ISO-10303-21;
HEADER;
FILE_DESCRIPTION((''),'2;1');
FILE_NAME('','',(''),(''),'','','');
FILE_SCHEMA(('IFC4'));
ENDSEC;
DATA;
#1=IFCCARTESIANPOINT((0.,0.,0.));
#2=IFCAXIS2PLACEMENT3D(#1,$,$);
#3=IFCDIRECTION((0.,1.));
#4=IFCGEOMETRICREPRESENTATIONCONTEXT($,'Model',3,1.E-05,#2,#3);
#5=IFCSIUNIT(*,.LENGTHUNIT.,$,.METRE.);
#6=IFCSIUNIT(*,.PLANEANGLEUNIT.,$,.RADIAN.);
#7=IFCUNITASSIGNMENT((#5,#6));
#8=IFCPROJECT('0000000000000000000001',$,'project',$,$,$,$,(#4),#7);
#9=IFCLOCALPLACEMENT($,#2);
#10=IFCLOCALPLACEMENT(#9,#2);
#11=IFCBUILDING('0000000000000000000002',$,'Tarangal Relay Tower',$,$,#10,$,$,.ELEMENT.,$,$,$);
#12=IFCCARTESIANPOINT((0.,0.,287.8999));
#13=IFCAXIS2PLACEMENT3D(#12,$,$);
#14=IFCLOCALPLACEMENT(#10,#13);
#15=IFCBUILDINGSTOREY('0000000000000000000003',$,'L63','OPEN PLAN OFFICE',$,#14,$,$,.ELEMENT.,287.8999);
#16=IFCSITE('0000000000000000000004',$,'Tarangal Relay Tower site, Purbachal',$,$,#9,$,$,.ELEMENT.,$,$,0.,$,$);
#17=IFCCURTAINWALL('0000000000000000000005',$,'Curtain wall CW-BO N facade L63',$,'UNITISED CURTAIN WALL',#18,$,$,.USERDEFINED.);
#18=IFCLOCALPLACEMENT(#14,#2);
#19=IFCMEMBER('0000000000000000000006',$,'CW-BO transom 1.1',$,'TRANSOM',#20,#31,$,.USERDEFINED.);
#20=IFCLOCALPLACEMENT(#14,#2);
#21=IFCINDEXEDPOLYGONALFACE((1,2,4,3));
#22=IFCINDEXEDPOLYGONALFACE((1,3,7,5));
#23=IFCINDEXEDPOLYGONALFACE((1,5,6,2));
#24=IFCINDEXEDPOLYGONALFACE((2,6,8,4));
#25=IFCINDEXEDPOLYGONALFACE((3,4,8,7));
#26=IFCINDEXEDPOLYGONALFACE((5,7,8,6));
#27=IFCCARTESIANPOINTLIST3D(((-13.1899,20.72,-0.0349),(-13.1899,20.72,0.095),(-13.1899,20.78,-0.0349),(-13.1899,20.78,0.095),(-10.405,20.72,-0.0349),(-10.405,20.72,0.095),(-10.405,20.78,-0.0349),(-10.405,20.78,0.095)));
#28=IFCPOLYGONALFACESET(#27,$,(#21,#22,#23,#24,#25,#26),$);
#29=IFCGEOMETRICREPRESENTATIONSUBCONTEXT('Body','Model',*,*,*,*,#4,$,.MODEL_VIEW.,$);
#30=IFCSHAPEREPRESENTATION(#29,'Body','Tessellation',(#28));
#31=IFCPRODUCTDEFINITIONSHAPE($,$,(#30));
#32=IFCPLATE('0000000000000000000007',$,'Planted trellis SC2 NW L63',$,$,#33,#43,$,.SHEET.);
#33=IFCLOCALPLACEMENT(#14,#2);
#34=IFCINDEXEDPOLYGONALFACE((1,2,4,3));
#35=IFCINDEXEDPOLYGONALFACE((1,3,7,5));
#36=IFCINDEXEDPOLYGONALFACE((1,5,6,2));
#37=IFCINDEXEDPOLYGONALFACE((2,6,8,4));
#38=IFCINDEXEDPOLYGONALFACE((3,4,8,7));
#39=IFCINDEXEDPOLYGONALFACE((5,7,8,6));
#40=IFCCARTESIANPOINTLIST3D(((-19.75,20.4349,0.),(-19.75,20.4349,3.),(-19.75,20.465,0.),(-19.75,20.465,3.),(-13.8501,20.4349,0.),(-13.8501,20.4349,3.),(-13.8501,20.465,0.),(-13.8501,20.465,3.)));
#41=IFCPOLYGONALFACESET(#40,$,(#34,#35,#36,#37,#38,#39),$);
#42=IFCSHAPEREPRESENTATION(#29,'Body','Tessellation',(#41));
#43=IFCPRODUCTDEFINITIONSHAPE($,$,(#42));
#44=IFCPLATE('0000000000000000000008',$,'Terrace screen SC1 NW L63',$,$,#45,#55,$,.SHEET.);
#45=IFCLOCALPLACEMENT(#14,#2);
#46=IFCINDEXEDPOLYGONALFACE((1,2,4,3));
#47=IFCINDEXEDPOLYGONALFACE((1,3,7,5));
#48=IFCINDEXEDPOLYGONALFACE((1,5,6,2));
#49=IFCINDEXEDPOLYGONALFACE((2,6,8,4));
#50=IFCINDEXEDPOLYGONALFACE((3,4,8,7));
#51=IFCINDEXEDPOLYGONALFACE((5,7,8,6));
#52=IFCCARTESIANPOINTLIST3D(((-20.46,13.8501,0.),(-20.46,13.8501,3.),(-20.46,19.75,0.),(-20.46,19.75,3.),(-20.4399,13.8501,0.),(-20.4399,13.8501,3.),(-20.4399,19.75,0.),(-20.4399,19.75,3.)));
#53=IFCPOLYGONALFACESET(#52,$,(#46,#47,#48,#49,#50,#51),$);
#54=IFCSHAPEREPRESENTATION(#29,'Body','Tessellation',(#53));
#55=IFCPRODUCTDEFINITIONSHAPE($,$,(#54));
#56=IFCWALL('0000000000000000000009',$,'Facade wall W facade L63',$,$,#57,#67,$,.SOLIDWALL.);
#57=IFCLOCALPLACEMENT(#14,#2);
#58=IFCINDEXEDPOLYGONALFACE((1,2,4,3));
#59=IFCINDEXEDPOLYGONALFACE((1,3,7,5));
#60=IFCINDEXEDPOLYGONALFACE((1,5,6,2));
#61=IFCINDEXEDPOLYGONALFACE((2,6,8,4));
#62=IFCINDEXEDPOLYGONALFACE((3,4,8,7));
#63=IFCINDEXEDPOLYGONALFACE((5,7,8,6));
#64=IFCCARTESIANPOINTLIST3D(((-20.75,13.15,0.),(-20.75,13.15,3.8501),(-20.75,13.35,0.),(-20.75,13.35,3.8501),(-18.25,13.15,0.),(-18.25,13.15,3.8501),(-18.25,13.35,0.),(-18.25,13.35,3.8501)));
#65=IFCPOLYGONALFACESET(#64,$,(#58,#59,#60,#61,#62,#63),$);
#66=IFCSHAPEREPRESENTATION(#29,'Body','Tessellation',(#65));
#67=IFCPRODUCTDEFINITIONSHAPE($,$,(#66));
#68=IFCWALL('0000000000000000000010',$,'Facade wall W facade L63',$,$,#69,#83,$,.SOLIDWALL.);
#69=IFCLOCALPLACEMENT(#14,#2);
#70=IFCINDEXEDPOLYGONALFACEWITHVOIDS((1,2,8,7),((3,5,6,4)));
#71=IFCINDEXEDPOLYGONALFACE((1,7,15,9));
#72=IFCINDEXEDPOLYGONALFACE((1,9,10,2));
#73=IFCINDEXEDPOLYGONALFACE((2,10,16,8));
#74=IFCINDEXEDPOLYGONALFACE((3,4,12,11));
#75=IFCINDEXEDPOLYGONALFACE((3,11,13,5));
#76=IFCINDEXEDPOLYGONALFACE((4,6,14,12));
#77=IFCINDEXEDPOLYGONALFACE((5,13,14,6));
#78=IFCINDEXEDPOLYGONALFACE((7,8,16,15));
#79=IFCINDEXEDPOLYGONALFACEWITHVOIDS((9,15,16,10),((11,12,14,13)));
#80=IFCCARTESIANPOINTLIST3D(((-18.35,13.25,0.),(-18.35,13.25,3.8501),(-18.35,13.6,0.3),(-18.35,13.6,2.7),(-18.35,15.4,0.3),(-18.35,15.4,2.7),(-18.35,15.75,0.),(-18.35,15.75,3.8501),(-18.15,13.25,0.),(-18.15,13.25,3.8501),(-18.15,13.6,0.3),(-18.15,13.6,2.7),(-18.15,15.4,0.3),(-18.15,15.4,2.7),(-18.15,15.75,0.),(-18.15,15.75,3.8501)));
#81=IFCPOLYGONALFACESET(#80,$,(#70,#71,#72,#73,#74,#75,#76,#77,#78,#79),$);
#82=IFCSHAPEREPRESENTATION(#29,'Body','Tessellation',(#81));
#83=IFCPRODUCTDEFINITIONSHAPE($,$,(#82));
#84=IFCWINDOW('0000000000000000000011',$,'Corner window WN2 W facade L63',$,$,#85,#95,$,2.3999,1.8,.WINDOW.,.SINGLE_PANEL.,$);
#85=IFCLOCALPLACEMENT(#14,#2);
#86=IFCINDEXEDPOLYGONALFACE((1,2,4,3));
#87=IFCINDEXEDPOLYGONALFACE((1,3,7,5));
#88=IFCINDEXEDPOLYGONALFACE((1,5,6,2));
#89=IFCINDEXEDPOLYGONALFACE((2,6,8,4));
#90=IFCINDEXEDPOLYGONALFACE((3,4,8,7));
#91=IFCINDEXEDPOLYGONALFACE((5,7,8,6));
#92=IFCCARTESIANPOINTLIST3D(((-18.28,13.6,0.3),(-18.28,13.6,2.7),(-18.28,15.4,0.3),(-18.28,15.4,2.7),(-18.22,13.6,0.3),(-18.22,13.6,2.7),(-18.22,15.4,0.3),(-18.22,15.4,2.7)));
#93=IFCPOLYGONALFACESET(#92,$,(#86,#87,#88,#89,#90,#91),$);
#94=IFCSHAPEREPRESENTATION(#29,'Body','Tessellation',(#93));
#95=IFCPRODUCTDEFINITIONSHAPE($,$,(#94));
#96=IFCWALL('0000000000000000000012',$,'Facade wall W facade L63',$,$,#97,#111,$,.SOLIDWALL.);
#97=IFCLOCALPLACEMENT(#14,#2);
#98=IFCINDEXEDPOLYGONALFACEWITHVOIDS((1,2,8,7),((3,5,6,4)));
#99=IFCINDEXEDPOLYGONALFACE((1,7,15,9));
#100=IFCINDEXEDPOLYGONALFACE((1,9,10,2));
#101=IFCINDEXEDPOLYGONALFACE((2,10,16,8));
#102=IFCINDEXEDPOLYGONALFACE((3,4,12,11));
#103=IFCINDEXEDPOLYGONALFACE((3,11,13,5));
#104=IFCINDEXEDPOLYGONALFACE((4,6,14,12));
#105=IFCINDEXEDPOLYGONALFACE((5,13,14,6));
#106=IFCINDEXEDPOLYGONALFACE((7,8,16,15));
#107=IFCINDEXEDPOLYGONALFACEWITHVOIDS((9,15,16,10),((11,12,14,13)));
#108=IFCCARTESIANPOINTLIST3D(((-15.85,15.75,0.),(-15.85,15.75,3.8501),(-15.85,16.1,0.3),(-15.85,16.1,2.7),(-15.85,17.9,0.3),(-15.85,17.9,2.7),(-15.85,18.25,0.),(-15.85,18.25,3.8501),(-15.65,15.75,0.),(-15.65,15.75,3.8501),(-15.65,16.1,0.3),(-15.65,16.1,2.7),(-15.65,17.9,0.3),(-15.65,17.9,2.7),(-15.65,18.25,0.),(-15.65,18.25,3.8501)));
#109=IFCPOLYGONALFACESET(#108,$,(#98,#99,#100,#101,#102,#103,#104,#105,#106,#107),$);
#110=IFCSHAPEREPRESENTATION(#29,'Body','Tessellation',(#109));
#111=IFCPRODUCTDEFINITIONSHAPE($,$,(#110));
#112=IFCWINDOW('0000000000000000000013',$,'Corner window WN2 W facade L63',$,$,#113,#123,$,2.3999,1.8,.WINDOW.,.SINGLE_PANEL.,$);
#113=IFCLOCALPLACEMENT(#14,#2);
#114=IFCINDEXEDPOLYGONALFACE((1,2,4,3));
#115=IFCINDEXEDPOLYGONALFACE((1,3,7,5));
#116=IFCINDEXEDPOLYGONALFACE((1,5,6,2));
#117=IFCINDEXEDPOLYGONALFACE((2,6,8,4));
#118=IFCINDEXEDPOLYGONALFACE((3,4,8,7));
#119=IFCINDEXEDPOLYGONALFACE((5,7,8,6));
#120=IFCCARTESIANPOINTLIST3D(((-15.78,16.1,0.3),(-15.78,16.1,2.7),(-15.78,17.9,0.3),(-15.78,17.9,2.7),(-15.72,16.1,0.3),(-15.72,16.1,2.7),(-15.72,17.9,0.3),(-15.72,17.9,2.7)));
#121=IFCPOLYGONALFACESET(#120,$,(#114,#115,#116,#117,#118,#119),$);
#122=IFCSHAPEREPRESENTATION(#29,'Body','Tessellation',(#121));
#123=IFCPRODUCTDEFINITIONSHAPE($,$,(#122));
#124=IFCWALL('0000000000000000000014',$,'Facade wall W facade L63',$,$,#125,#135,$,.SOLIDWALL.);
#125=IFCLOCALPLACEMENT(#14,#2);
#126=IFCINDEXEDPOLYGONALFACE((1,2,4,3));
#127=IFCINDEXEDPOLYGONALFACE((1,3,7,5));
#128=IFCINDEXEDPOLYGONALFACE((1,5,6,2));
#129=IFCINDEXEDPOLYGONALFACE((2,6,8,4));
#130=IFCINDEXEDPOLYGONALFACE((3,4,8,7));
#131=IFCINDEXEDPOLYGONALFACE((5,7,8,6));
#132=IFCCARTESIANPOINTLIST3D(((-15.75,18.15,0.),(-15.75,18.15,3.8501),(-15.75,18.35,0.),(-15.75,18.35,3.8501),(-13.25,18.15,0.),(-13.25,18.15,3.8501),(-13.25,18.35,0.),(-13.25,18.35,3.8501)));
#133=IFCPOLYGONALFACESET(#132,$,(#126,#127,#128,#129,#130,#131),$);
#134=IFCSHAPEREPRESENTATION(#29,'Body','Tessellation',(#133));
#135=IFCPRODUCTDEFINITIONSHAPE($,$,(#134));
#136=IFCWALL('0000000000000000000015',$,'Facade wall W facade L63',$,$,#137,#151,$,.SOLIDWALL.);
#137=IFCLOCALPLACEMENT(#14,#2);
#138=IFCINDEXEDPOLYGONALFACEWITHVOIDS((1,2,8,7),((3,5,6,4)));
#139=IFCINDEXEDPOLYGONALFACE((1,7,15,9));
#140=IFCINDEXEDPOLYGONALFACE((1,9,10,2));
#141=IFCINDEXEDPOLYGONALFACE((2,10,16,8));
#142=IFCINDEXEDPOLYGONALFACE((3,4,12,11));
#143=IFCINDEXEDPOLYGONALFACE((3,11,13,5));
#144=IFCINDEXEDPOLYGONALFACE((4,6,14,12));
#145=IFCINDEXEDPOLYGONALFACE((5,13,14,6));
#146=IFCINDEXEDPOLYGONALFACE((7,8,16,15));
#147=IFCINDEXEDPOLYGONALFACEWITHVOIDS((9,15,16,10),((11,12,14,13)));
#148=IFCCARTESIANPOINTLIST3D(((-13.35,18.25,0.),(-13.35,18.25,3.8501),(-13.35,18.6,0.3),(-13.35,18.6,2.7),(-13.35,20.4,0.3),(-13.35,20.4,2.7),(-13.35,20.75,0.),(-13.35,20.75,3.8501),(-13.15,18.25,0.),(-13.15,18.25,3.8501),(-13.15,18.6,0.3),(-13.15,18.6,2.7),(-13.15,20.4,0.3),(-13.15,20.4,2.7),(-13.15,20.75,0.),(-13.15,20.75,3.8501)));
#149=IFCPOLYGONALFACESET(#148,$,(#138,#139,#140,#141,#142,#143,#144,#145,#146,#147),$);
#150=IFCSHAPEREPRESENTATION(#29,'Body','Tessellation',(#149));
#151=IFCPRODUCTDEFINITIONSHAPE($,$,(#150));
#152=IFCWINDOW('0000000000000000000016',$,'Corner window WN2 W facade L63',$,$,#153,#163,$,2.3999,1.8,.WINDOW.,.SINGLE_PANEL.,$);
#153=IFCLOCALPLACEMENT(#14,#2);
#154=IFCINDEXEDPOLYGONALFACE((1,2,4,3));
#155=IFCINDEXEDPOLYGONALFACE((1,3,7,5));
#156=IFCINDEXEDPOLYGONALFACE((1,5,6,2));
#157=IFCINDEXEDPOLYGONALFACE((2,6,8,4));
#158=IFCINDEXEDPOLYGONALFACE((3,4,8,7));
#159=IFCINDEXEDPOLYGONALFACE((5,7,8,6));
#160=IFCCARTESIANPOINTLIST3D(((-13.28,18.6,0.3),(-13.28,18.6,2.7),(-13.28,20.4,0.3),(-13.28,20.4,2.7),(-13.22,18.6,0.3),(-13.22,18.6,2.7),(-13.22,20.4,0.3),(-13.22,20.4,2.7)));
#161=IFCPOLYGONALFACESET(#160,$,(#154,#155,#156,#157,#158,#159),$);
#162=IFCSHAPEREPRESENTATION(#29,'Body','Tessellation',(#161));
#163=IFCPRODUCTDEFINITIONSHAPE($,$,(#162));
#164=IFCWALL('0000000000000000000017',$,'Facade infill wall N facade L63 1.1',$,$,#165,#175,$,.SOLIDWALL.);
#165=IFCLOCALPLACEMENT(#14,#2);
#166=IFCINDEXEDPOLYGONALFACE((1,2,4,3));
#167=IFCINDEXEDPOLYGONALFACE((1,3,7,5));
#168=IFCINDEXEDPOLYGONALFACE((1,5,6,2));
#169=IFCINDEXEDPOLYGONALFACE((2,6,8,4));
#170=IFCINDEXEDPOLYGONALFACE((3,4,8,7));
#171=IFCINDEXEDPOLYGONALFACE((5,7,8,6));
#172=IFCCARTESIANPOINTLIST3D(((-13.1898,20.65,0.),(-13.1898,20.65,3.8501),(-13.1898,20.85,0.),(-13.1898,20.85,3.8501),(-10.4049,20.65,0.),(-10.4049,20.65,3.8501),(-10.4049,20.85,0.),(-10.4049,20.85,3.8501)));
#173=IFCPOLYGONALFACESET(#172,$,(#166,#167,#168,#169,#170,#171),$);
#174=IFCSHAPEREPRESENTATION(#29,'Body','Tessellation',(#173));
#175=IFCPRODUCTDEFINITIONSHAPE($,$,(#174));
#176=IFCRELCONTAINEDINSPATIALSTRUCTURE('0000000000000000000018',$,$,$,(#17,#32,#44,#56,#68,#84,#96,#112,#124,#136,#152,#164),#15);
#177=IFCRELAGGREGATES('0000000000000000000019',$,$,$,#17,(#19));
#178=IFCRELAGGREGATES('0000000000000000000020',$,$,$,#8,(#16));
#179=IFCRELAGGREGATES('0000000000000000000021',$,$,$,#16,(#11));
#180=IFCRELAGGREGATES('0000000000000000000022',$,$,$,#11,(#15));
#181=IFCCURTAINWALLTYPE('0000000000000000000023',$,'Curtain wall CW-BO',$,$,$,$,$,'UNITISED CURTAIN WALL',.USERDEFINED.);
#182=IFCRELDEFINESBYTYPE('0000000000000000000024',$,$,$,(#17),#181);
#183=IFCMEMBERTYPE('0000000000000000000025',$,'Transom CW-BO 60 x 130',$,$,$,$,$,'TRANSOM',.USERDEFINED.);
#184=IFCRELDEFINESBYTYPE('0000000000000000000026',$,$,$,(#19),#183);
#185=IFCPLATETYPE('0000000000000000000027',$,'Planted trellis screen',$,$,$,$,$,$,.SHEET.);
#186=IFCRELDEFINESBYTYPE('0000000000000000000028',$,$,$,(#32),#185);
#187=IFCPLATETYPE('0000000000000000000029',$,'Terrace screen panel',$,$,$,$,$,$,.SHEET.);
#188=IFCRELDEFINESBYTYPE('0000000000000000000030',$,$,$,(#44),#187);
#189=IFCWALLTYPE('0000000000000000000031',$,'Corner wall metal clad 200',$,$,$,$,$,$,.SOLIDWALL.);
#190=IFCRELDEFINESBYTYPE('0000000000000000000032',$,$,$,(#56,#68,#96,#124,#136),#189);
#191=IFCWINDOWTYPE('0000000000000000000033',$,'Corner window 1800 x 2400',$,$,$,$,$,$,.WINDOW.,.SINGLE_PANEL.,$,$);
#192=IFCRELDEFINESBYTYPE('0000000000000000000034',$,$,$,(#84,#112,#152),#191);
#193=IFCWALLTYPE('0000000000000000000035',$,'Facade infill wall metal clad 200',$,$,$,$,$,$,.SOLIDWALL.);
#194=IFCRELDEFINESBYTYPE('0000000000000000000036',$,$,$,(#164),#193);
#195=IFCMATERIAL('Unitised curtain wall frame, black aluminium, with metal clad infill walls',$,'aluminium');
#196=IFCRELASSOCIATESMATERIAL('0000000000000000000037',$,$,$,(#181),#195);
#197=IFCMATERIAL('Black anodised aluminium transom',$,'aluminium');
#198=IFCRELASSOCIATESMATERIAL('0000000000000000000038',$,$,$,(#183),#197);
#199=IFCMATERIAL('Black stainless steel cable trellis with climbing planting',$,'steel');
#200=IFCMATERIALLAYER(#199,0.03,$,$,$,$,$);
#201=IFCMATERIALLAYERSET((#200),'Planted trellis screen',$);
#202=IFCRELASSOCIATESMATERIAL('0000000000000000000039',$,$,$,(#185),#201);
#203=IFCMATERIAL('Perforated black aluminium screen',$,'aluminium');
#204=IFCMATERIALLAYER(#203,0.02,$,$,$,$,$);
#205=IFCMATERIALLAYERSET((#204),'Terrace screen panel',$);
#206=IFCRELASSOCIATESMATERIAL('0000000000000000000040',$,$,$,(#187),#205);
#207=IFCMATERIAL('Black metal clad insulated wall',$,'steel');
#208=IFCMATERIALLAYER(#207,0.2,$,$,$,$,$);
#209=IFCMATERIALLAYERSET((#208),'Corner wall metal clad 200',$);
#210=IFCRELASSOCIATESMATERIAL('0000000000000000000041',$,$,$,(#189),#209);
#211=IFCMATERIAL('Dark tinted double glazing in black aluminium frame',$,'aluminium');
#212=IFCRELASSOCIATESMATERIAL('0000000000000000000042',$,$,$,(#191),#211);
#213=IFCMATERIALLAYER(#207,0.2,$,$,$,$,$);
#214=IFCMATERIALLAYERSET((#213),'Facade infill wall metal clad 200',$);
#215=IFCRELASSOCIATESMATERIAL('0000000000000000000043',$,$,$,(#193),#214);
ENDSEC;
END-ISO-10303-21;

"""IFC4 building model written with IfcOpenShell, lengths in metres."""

from ifc_helpers import new_model, si_unit, direction, frame, frame_2d, origin, origin_2d, place, context, subcontext, project, spatial, rectangle, extrude, material, layer, layer_set, material_profile, profile_set, type_object, element, fill, aggregate, save


model = new_model("IFC4")

# Units and contexts
model_context = context("Model", 3, precision=1e-05, world=origin(), true_north=direction((0.0, 1.0)))
body_context = subcontext(model_context, "Body", "Model", "MODEL_VIEW")
ifc_project = project(units=[si_unit("LENGTHUNIT", "METRE"), si_unit("PLANEANGLEUNIT", "RADIAN")], contexts=[model_context])

# Site, building, storey
site_placement = place(None, origin())
site = spatial("IfcSite", under=ifc_project, at=site_placement, Name="Tarangal Relay Tower site, Purbachal", CompositionType="ELEMENT", RefElevation=0.0)
building_placement = place(site_placement, origin())
building = spatial("IfcBuilding", under=site, at=building_placement, Name="Tarangal Relay Tower", CompositionType="ELEMENT")
storey_placement = place(building_placement, frame((0.0, 0.0, 287.8999)))
storey = spatial("IfcBuildingStorey", under=building, at=storey_placement, Name="L63", Description="OPEN PLAN OFFICE", CompositionType="ELEMENT", Elevation=287.8999)

# Curtain wall
ifc_material_1 = material(Name="Unitised curtain wall frame, black aluminium, with metal clad infill walls", Category="aluminium")
curtain_wall_type = type_object("IfcCurtainWallType", Name="Curtain wall CW-BO", ElementType="UNITISED CURTAIN WALL", PredefinedType="USERDEFINED", material=ifc_material_1)
curtain_wall_1_placement = place(storey_placement, origin())
curtain_wall_1 = element("IfcCurtainWall", 1, at=curtain_wall_1_placement, inside=storey, type_object=curtain_wall_type, Name="Curtain wall CW-BO N facade L63", ObjectType="UNITISED CURTAIN WALL", PredefinedType="USERDEFINED")

# Member
ifc_material_2 = material(Name="Black anodised aluminium transom", Category="aluminium")
ifc_material_profile_1 = material_profile(ifc_material_2, rectangle(XDim=0.0601, YDim=0.1299, at=origin_2d()), Name="CW-BOT 60X130")
ifc_profile_set_1 = profile_set([ifc_material_profile_1], Name="Black anodised aluminium transom")
member_type_1 = type_object("IfcMemberType", Name="Transom CW-BO 60 x 130", ElementType="TRANSOM", PredefinedType="USERDEFINED", material=ifc_profile_set_1)
member_1_placement = place(storey_placement, frame((-13.1899, 20.75, 0.03), z_axis=(1.0, 0.0, 0.0), x_axis=(0.0, 1.0, 0.0)))
member_1 = element("IfcMember", 2, at=member_1_placement, type_object=member_type_1, Name="CW-BO transom 1.1", ObjectType="TRANSOM", PredefinedType="USERDEFINED", context=body_context, shape_type="SweptSolid", body=[
    extrude(rectangle(XDim=0.0601, YDim=0.1299, at=origin_2d()), origin(), (0.0, 0.0, 1.0), 2.7849),
])
aggregate(curtain_wall_1, [member_1])

# Plates
ifc_material_3 = material(Name="Black stainless steel cable trellis with climbing planting", Category="steel")
ifc_layer_1 = layer(ifc_material_3, 0.03)
ifc_layer_set_1 = layer_set([ifc_layer_1], Name="Planted trellis screen")
plate_type_1 = type_object("IfcPlateType", Name="Planted trellis screen", PredefinedType="SHEET", material=ifc_layer_set_1)
plate_1_placement = place(storey_placement, frame((-16.8, 20.45, 0.0), z_axis=(0.0, 0.0, 1.0), x_axis=(1.0, 0.0, 0.0)))
element("IfcPlate", 3, at=plate_1_placement, inside=storey, type_object=plate_type_1, Name="Planted trellis SC2 NW L63", PredefinedType="SHEET", context=body_context, shape_type="SweptSolid", body=[
    extrude(rectangle(XDim=5.8999, YDim=0.03, at=origin_2d()), origin(), (0.0, 0.0, 1.0), 3.0),
])
ifc_material_4 = material(Name="Perforated black aluminium screen", Category="aluminium")
ifc_layer_2 = layer(ifc_material_4, 0.02)
ifc_layer_set_2 = layer_set([ifc_layer_2], Name="Terrace screen panel")
plate_type_2 = type_object("IfcPlateType", Name="Terrace screen panel", PredefinedType="SHEET", material=ifc_layer_set_2)
plate_2_placement = place(storey_placement, frame((-20.45, 16.8, 0.0), z_axis=(0.0, 0.0, 1.0), x_axis=(0.0, 1.0, 0.0)))
element("IfcPlate", 4, at=plate_2_placement, inside=storey, type_object=plate_type_2, Name="Terrace screen SC1 NW L63", PredefinedType="SHEET", context=body_context, shape_type="SweptSolid", body=[
    extrude(rectangle(XDim=5.8999, YDim=0.02, at=origin_2d()), origin(), (0.0, 0.0, 1.0), 3.0),
])

# Wall
ifc_material_5 = material(Name="Black metal clad insulated wall", Category="steel")
ifc_layer_3 = layer(ifc_material_5, 0.2)
ifc_layer_set_3 = layer_set([ifc_layer_3], Name="Corner wall metal clad 200")
wall_type_1 = type_object("IfcWallType", Name="Corner wall metal clad 200", PredefinedType="SOLIDWALL", material=ifc_layer_set_3)
wall_1_placement = place(storey_placement, frame((-20.75, 13.25, 0.0), z_axis=(0.0, 0.0, 1.0), x_axis=(1.0, 0.0, 0.0)))
element("IfcWall", 5, at=wall_1_placement, inside=storey, type_object=wall_type_1, Name="Facade wall W facade L63", PredefinedType="SOLIDWALL", context=body_context, shape_type="SweptSolid", body=[
    extrude(rectangle(XDim=2.5, YDim=0.2, at=frame_2d((1.25, 0.0))), origin(), (0.0, 0.0, 1.0), 3.8501),
])

# Wall, opening, window
wall_2_placement = place(storey_placement, frame((-18.25, 13.25, 0.0), z_axis=(0.0, 0.0, 1.0), x_axis=(0.0, 1.0, 0.0)))
wall_2 = element("IfcWall", 6, at=wall_2_placement, inside=storey, type_object=wall_type_1, Name="Facade wall W facade L63", PredefinedType="SOLIDWALL", context=body_context, shape_type="SweptSolid", body=[
    extrude(rectangle(XDim=2.5, YDim=0.2, at=frame_2d((1.25, 0.0))), origin(), (0.0, 0.0, 1.0), 3.8501),
])
opening_1_placement = place(wall_2_placement, frame((0.3501, 0.0, 0.3)))
opening_1 = element("IfcOpeningElement", 7, at=opening_1_placement, cuts=wall_2, PredefinedType="OPENING", context=body_context, shape_type="SweptSolid", body=[
    extrude(rectangle(XDim=1.8, YDim=2.3999, at=frame_2d((0.8999, 1.2))), frame((0.0, 0.1099, 0.0), z_axis=(0.0, -1.0, 0.0), x_axis=(1.0, 0.0, 0.0)), (0.0, 0.0, 1.0), 0.22),
])
ifc_material_6 = material(Name="Dark tinted double glazing in black aluminium frame", Category="aluminium")
window_type = type_object("IfcWindowType", Name="Corner window 1800 x 2400", PartitioningType="SINGLE_PANEL", PredefinedType="WINDOW", material=ifc_material_6)
window_1_placement = place(opening_1_placement, origin())
window_1 = element("IfcWindow", 8, at=window_1_placement, inside=storey, type_object=window_type, Name="Corner window WN2 W facade L63", OverallHeight=2.3999, OverallWidth=1.8, PartitioningType="SINGLE_PANEL", PredefinedType="WINDOW", context=body_context, shape_type="SweptSolid", body=[
    extrude(rectangle(XDim=1.8, YDim=2.3999, at=frame_2d((0.8999, 1.2))), frame((0.0, 0.03, 0.0), z_axis=(0.0, -1.0, 0.0), x_axis=(1.0, 0.0, 0.0)), (0.0, 0.0, 1.0), 0.0601),
])
fill(opening_1, window_1)

# Wall, opening, window
wall_3_placement = place(storey_placement, frame((-15.75, 15.75, 0.0), z_axis=(0.0, 0.0, 1.0), x_axis=(0.0, 1.0, 0.0)))
wall_3 = element("IfcWall", 9, at=wall_3_placement, inside=storey, type_object=wall_type_1, Name="Facade wall W facade L63", PredefinedType="SOLIDWALL", context=body_context, shape_type="SweptSolid", body=[
    extrude(rectangle(XDim=2.5, YDim=0.2, at=frame_2d((1.25, 0.0))), origin(), (0.0, 0.0, 1.0), 3.8501),
])
opening_2_placement = place(wall_3_placement, frame((0.3501, 0.0, 0.3)))
opening_2 = element("IfcOpeningElement", 10, at=opening_2_placement, cuts=wall_3, PredefinedType="OPENING", context=body_context, shape_type="SweptSolid", body=[
    extrude(rectangle(XDim=1.8, YDim=2.3999, at=frame_2d((0.8999, 1.2))), frame((0.0, 0.1099, 0.0), z_axis=(0.0, -1.0, 0.0), x_axis=(1.0, 0.0, 0.0)), (0.0, 0.0, 1.0), 0.22),
])
window_2_placement = place(opening_2_placement, origin())
window_2 = element("IfcWindow", 11, at=window_2_placement, inside=storey, type_object=window_type, Name="Corner window WN2 W facade L63", OverallHeight=2.3999, OverallWidth=1.8, PartitioningType="SINGLE_PANEL", PredefinedType="WINDOW", context=body_context, shape_type="SweptSolid", body=[
    extrude(rectangle(XDim=1.8, YDim=2.3999, at=frame_2d((0.8999, 1.2))), frame((0.0, 0.03, 0.0), z_axis=(0.0, -1.0, 0.0), x_axis=(1.0, 0.0, 0.0)), (0.0, 0.0, 1.0), 0.0601),
])
fill(opening_2, window_2)

# Wall
wall_4_placement = place(storey_placement, frame((-15.75, 18.25, 0.0), z_axis=(0.0, 0.0, 1.0), x_axis=(1.0, 0.0, 0.0)))
element("IfcWall", 12, at=wall_4_placement, inside=storey, type_object=wall_type_1, Name="Facade wall W facade L63", PredefinedType="SOLIDWALL", context=body_context, shape_type="SweptSolid", body=[
    extrude(rectangle(XDim=2.5, YDim=0.2, at=frame_2d((1.25, 0.0))), origin(), (0.0, 0.0, 1.0), 3.8501),
])

# Wall, opening, window
wall_5_placement = place(storey_placement, frame((-13.25, 18.25, 0.0), z_axis=(0.0, 0.0, 1.0), x_axis=(0.0, 1.0, 0.0)))
wall_5 = element("IfcWall", 13, at=wall_5_placement, inside=storey, type_object=wall_type_1, Name="Facade wall W facade L63", PredefinedType="SOLIDWALL", context=body_context, shape_type="SweptSolid", body=[
    extrude(rectangle(XDim=2.5, YDim=0.2, at=frame_2d((1.25, 0.0))), origin(), (0.0, 0.0, 1.0), 3.8501),
])
opening_3_placement = place(wall_5_placement, frame((0.3501, 0.0, 0.3)))
opening_3 = element("IfcOpeningElement", 14, at=opening_3_placement, cuts=wall_5, PredefinedType="OPENING", context=body_context, shape_type="SweptSolid", body=[
    extrude(rectangle(XDim=1.8, YDim=2.3999, at=frame_2d((0.8999, 1.2))), frame((0.0, 0.1099, 0.0), z_axis=(0.0, -1.0, 0.0), x_axis=(1.0, 0.0, 0.0)), (0.0, 0.0, 1.0), 0.22),
])
window_3_placement = place(opening_3_placement, origin())
window_3 = element("IfcWindow", 15, at=window_3_placement, inside=storey, type_object=window_type, Name="Corner window WN2 W facade L63", OverallHeight=2.3999, OverallWidth=1.8, PartitioningType="SINGLE_PANEL", PredefinedType="WINDOW", context=body_context, shape_type="SweptSolid", body=[
    extrude(rectangle(XDim=1.8, YDim=2.3999, at=frame_2d((0.8999, 1.2))), frame((0.0, 0.03, 0.0), z_axis=(0.0, -1.0, 0.0), x_axis=(1.0, 0.0, 0.0)), (0.0, 0.0, 1.0), 0.0601),
])
fill(opening_3, window_3)

# Wall
ifc_layer_4 = layer(ifc_material_5, 0.2)
ifc_layer_set_4 = layer_set([ifc_layer_4], Name="Facade infill wall metal clad 200")
wall_type_2 = type_object("IfcWallType", Name="Facade infill wall metal clad 200", PredefinedType="SOLIDWALL", material=ifc_layer_set_4)
for number, where, z_axis, x_axis, name in (
    (16, (-13.1899, 20.75, 0.0), (0.0, 0.0, 1.0), (1.0, 0.0, 0.0), "Facade infill wall N facade L63 1.1"),
):
    element("IfcWall", number, at=place(storey_placement, frame(where, z_axis=z_axis, x_axis=x_axis)), inside=storey, type_object=wall_type_2, Name=name, PredefinedType="SOLIDWALL", context=body_context, shape_type="SweptSolid", body=[
        extrude(rectangle(XDim=2.7849, YDim=0.2, at=frame_2d((1.3926, 0.0))), origin(), (0.0, 0.0, 1.0), 3.8501),
    ])

save(model, "model.ifc")
